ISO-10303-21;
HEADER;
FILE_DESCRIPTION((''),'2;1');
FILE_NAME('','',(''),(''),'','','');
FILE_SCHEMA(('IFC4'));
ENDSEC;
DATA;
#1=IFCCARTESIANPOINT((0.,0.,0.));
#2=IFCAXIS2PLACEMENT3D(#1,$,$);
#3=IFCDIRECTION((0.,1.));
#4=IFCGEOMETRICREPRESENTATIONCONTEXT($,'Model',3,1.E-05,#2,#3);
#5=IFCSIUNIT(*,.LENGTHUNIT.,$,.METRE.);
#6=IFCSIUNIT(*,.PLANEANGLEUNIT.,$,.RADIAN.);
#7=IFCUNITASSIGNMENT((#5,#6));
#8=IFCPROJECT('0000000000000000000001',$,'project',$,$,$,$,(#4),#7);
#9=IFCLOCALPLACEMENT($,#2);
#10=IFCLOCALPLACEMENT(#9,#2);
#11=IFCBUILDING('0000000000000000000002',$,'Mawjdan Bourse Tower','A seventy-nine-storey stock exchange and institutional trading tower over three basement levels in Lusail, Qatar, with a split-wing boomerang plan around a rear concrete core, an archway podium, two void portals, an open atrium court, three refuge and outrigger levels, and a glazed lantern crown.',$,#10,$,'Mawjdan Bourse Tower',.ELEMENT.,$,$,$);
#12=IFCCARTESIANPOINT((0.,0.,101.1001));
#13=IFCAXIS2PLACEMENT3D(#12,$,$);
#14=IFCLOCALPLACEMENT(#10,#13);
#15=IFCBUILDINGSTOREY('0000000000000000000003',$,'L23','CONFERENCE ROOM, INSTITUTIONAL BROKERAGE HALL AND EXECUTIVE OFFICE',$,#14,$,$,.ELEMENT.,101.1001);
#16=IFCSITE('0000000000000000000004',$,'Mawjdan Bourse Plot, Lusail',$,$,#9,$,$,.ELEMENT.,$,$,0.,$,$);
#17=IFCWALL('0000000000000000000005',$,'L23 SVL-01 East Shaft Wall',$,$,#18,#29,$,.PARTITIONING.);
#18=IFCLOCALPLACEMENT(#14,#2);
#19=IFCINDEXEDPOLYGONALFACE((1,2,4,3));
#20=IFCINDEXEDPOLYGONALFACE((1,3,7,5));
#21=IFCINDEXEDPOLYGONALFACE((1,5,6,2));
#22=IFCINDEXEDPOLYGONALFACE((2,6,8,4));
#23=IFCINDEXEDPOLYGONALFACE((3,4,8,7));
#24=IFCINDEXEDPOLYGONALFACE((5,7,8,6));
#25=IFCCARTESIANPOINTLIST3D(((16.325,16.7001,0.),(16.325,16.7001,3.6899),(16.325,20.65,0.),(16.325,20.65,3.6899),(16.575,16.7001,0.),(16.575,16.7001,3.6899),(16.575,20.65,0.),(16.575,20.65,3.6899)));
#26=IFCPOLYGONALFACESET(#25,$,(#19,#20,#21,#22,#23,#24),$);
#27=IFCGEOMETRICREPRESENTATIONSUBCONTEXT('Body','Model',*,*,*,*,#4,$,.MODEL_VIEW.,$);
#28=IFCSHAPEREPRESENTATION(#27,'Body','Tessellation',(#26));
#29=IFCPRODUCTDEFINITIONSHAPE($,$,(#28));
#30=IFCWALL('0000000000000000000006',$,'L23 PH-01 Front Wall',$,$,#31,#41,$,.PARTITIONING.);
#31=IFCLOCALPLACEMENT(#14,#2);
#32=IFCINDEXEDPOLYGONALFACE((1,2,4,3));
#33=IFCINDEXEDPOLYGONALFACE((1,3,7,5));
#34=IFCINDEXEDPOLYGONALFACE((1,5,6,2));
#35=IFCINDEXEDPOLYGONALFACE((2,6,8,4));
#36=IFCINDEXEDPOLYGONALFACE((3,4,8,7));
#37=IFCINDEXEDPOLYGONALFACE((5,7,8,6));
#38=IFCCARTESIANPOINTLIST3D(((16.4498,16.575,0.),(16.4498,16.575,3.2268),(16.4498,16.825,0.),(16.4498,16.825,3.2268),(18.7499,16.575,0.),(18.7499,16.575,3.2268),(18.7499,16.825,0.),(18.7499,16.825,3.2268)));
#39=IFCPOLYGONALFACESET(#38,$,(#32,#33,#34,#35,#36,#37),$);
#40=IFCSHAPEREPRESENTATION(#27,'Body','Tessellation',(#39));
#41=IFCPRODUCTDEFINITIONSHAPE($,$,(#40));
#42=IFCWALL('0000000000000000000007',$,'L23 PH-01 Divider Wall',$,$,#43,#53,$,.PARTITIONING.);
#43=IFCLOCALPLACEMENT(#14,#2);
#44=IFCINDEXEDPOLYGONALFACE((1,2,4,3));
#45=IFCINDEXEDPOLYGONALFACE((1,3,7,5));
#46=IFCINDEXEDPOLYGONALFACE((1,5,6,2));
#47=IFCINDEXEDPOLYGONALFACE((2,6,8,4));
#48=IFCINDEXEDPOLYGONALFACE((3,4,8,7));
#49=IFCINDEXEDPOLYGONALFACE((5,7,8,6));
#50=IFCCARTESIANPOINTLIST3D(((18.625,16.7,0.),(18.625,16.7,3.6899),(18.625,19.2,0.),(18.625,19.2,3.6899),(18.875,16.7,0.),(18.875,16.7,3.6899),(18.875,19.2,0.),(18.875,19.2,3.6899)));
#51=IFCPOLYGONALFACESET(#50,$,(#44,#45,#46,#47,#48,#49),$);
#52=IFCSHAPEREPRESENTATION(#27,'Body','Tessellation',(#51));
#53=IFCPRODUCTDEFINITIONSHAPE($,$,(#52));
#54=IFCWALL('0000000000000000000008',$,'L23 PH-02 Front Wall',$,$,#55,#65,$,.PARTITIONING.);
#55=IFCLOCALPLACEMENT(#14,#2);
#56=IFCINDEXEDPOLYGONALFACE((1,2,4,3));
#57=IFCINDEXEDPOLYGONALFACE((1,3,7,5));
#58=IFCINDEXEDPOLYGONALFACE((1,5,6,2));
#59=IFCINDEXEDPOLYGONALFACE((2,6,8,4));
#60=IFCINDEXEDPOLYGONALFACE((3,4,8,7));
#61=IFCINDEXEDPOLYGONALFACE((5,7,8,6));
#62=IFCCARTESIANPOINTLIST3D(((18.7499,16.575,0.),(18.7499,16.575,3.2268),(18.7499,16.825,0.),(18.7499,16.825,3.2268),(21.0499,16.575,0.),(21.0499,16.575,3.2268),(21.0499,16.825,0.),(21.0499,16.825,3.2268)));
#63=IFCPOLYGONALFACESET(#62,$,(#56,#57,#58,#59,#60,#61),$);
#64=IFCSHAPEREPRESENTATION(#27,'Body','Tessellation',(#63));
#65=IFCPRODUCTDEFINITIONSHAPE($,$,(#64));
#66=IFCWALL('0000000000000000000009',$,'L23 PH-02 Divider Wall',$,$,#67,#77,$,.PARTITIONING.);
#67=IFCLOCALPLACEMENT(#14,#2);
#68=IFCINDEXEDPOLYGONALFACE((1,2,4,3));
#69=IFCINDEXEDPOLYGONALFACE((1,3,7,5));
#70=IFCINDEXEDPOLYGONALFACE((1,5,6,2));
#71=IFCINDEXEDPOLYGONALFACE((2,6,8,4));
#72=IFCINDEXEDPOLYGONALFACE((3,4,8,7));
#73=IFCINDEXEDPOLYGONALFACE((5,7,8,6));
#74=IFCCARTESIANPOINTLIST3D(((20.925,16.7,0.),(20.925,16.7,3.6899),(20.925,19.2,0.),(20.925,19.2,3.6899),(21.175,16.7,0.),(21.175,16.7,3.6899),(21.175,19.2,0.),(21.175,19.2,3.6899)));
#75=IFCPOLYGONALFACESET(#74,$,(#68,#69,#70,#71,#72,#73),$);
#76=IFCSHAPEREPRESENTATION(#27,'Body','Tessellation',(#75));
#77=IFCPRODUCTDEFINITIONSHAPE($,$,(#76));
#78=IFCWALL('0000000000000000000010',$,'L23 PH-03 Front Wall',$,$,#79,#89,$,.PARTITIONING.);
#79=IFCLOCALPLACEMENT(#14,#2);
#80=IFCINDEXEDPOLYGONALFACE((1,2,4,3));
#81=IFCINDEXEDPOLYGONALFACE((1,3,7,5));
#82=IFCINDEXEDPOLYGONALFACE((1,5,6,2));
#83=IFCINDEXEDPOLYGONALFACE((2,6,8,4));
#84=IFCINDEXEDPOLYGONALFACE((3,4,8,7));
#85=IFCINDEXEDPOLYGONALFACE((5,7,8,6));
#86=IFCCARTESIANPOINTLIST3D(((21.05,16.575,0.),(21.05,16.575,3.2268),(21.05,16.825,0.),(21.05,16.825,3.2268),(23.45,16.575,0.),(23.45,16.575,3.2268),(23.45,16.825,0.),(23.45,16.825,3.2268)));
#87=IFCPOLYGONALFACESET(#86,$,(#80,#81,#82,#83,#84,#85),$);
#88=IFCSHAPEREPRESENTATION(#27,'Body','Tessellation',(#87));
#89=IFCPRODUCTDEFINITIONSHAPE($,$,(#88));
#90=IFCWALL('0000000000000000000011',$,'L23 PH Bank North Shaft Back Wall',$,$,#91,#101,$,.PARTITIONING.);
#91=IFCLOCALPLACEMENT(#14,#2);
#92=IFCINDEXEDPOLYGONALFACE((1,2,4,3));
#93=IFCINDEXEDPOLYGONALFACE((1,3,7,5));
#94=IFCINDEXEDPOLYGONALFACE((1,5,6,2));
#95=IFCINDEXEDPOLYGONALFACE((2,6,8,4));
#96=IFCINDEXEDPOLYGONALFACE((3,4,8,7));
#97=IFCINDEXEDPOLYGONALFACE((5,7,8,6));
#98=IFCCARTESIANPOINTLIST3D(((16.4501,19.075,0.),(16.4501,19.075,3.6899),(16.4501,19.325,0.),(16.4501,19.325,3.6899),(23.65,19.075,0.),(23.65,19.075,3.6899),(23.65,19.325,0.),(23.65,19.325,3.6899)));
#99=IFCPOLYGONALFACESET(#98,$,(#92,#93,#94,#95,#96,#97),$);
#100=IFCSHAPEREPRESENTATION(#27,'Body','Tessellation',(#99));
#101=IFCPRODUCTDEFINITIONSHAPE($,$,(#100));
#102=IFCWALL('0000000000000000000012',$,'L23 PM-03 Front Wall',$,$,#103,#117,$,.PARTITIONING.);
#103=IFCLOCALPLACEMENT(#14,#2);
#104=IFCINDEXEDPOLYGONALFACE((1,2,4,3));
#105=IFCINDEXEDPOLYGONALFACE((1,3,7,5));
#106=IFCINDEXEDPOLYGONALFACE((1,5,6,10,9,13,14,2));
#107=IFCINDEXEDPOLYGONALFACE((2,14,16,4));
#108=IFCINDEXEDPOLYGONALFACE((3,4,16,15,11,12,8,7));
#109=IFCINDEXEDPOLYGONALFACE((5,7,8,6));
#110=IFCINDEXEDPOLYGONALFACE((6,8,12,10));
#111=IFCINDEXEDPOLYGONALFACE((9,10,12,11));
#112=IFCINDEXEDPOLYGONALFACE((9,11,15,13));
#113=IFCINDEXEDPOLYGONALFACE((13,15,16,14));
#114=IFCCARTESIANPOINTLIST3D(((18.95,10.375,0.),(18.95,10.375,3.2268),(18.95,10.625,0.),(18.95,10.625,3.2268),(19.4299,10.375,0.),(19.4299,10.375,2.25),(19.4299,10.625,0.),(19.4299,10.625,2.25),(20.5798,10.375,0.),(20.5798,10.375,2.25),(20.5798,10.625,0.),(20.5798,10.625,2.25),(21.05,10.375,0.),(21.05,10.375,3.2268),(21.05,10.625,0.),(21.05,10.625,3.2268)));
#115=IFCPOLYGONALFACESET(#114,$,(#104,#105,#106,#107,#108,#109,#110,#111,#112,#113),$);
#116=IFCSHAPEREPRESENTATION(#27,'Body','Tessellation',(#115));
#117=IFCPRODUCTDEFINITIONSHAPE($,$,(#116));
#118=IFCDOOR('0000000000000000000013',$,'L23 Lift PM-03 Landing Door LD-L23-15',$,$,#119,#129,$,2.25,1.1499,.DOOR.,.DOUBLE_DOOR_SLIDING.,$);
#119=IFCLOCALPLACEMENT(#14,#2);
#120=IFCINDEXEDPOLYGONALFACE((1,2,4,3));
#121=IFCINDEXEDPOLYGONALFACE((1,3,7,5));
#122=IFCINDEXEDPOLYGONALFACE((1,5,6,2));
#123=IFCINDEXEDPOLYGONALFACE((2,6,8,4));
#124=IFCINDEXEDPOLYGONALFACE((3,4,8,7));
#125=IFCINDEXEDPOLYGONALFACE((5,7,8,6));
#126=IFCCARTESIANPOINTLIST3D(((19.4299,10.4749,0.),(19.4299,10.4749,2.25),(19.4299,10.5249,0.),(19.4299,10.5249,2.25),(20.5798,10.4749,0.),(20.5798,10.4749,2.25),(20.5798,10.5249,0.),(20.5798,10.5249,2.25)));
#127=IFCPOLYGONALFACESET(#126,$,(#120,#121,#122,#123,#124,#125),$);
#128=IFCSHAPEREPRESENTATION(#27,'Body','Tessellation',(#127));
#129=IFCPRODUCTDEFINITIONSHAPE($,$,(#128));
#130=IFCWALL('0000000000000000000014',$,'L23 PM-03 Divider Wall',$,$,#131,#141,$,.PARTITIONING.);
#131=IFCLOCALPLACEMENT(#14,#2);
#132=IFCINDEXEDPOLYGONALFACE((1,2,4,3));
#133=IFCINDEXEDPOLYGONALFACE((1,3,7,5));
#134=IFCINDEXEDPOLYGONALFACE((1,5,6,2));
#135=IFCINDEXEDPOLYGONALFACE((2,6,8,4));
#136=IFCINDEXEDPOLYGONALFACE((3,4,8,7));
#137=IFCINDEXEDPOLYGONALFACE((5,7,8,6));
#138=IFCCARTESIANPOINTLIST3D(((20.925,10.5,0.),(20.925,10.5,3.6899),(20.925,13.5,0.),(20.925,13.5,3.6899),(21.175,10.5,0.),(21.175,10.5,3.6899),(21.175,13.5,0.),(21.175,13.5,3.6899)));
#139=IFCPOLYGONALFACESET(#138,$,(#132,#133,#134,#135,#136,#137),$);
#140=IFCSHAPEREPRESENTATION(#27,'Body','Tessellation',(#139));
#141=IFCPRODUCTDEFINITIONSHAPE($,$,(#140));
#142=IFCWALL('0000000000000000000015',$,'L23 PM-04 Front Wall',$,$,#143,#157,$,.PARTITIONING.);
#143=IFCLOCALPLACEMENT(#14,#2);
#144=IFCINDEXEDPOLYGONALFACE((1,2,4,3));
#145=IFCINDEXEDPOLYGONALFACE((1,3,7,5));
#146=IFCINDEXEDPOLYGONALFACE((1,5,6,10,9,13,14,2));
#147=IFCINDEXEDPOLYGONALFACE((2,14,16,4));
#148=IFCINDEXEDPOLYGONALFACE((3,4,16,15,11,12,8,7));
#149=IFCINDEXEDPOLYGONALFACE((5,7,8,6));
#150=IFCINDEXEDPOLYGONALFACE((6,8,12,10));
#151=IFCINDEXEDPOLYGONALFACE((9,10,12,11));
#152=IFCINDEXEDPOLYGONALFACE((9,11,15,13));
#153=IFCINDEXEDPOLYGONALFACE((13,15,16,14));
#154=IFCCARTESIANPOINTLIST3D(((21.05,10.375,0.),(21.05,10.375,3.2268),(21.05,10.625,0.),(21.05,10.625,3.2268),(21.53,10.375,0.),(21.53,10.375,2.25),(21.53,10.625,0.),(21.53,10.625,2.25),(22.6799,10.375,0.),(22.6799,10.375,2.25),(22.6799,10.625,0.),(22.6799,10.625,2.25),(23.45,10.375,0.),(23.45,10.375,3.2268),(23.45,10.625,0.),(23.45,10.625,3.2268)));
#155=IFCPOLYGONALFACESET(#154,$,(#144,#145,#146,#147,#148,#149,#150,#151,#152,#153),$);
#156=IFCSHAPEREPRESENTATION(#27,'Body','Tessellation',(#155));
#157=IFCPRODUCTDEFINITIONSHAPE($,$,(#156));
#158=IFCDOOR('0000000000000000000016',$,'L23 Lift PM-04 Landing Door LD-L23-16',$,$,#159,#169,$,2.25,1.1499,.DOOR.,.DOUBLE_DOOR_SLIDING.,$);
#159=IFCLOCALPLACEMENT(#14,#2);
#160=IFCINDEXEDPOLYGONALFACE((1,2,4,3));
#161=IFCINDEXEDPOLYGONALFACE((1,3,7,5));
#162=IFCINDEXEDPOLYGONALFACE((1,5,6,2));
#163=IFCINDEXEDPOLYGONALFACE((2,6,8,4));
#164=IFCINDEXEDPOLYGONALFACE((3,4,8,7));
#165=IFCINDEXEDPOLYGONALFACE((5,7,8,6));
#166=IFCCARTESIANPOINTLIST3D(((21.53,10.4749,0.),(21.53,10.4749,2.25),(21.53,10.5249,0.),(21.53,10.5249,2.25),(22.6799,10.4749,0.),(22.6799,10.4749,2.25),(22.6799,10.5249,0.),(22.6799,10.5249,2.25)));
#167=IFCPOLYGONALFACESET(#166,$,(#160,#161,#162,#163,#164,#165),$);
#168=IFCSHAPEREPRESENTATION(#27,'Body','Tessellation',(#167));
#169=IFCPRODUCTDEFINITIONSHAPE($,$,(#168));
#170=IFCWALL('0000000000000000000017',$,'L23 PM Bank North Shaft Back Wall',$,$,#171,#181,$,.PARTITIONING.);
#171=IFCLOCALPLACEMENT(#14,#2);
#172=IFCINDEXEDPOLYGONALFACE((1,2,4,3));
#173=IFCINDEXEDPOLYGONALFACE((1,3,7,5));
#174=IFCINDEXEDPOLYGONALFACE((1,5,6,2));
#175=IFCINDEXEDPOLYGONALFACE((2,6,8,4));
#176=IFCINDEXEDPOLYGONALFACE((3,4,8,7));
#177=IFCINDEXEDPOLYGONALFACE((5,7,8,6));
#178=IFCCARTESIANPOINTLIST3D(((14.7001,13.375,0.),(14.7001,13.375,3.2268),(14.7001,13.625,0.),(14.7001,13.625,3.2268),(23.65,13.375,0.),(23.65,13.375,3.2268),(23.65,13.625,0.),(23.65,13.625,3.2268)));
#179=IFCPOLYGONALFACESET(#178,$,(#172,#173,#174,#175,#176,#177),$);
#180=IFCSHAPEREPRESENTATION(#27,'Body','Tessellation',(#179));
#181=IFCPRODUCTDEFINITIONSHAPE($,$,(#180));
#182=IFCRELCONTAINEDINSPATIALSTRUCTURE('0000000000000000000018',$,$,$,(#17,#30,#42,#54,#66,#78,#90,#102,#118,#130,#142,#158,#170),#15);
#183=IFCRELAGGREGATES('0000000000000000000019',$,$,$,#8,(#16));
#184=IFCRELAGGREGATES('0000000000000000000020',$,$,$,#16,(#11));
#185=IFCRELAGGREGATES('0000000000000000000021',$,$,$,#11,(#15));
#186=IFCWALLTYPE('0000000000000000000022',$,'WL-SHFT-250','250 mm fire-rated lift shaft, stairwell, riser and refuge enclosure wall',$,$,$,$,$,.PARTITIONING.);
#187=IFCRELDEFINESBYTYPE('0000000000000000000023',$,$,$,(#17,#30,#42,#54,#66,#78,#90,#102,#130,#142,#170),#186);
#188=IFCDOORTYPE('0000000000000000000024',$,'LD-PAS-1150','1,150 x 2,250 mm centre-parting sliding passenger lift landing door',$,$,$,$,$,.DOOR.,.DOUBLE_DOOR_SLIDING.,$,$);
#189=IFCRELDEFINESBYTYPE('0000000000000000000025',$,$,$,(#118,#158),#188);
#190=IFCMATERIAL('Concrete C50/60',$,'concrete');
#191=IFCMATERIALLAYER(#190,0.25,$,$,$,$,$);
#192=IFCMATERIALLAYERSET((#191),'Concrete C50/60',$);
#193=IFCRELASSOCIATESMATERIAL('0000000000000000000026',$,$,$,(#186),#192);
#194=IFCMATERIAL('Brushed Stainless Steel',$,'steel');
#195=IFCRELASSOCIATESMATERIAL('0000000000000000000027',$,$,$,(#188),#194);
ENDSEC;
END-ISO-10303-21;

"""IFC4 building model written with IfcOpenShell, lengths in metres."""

from ifc_helpers import new_model, si_unit, direction, frame, frame_2d, origin, place, context, subcontext, project, spatial, rectangle, extrude, material, layer, layer_set, type_object, element, fill, save


model = new_model("IFC4")

# Units and contexts
model_context = context("Model", 3, precision=1e-05, world=origin(), true_north=direction((0.0, 1.0)))
body_context = subcontext(model_context, "Body", "Model", "MODEL_VIEW")
ifc_project = project(units=[si_unit("LENGTHUNIT", "METRE"), si_unit("PLANEANGLEUNIT", "RADIAN")], contexts=[model_context])

# Site, building, storey
site_placement = place(None, origin())
site = spatial("IfcSite", under=ifc_project, at=site_placement, Name="Mawjdan Bourse Plot, Lusail", CompositionType="ELEMENT", RefElevation=0.0)
building_placement = place(site_placement, origin())
building = spatial("IfcBuilding", under=site, at=building_placement, Name="Mawjdan Bourse Tower", Description="A seventy-nine-storey stock exchange and institutional trading tower over three basement levels in Lusail, Qatar, with a split-wing boomerang plan around a rear concrete core, an archway podium, two void portals, an open atrium court, three refuge and outrigger levels, and a glazed lantern crown.", LongName="Mawjdan Bourse Tower", CompositionType="ELEMENT")
storey_placement = place(building_placement, frame((0.0, 0.0, 101.1001)))
storey = spatial("IfcBuildingStorey", under=building, at=storey_placement, Name="L23", Description="CONFERENCE ROOM, INSTITUTIONAL BROKERAGE HALL AND EXECUTIVE OFFICE", CompositionType="ELEMENT", Elevation=101.1001)

# Shared definitions
ifc_material_1 = material(Name="Concrete C50/60", Category="concrete")
ifc_layer_1 = layer(ifc_material_1, 0.25)
ifc_layer_set_1 = layer_set([ifc_layer_1], Name="Concrete C50/60")
wall_type_1 = type_object("IfcWallType", Name="WL-SHFT-250", Description="250 mm fire-rated lift shaft, stairwell, riser and refuge enclosure wall", PredefinedType="PARTITIONING", material=ifc_layer_set_1)

# Walls
for number, where, z_axis, x_axis, name in (
    (1, (16.45, 16.7, 0.0), (0.0, 0.0, 1.0), (0.0, 1.0, 0.0), "L23 SVL-01 East Shaft Wall"),
):
    element("IfcWall", number, at=place(storey_placement, frame(where, z_axis=z_axis, x_axis=x_axis)), inside=storey, type_object=wall_type_1, Name=name, PredefinedType="PARTITIONING", context=body_context, shape_type="SweptSolid", body=[
        extrude(rectangle(XDim=3.95, YDim=0.25, at=frame_2d((1.9751, 0.0))), origin(), (0.0, 0.0, 1.0), 3.6899),
    ])
wall_1_placement = place(storey_placement, frame((16.45, 16.7, 0.0), z_axis=(0.0, 0.0, 1.0), x_axis=(1.0, 0.0, 0.0)))
element("IfcWall", 2, at=wall_1_placement, inside=storey, type_object=wall_type_1, Name="L23 PH-01 Front Wall", PredefinedType="PARTITIONING", context=body_context, shape_type="SweptSolid", body=[
    extrude(rectangle(XDim=2.3, YDim=0.25, at=frame_2d((1.1499, 0.0))), origin(), (0.0, 0.0, 1.0), 3.2268),
])
wall_2_placement = place(storey_placement, frame((18.75, 16.7, 0.0), z_axis=(0.0, 0.0, 1.0), x_axis=(0.0, 1.0, 0.0)))
element("IfcWall", 3, at=wall_2_placement, inside=storey, type_object=wall_type_1, Name="L23 PH-01 Divider Wall", PredefinedType="PARTITIONING", context=body_context, shape_type="SweptSolid", body=[
    extrude(rectangle(XDim=2.5, YDim=0.25, at=frame_2d((1.25, 0.0))), origin(), (0.0, 0.0, 1.0), 3.6899),
])
wall_3_placement = place(storey_placement, frame((18.75, 16.7, 0.0), z_axis=(0.0, 0.0, 1.0), x_axis=(1.0, 0.0, 0.0)))
element("IfcWall", 4, at=wall_3_placement, inside=storey, type_object=wall_type_1, Name="L23 PH-02 Front Wall", PredefinedType="PARTITIONING", context=body_context, shape_type="SweptSolid", body=[
    extrude(rectangle(XDim=2.3, YDim=0.25, at=frame_2d((1.1499, 0.0))), origin(), (0.0, 0.0, 1.0), 3.2268),
])
wall_4_placement = place(storey_placement, frame((21.05, 16.7, 0.0), z_axis=(0.0, 0.0, 1.0), x_axis=(0.0, 1.0, 0.0)))
element("IfcWall", 5, at=wall_4_placement, inside=storey, type_object=wall_type_1, Name="L23 PH-02 Divider Wall", PredefinedType="PARTITIONING", context=body_context, shape_type="SweptSolid", body=[
    extrude(rectangle(XDim=2.5, YDim=0.25, at=frame_2d((1.25, 0.0))), origin(), (0.0, 0.0, 1.0), 3.6899),
])
wall_5_placement = place(storey_placement, frame((21.05, 16.7, 0.0), z_axis=(0.0, 0.0, 1.0), x_axis=(1.0, 0.0, 0.0)))
element("IfcWall", 6, at=wall_5_placement, inside=storey, type_object=wall_type_1, Name="L23 PH-03 Front Wall", PredefinedType="PARTITIONING", context=body_context, shape_type="SweptSolid", body=[
    extrude(rectangle(XDim=2.3999, YDim=0.25, at=frame_2d((1.2, 0.0))), origin(), (0.0, 0.0, 1.0), 3.2268),
])
wall_6_placement = place(storey_placement, frame((16.45, 19.2, 0.0), z_axis=(0.0, 0.0, 1.0), x_axis=(1.0, 0.0, 0.0)))
element("IfcWall", 7, at=wall_6_placement, inside=storey, type_object=wall_type_1, Name="L23 PH Bank North Shaft Back Wall", PredefinedType="PARTITIONING", context=body_context, shape_type="SweptSolid", body=[
    extrude(rectangle(XDim=7.2, YDim=0.25, at=frame_2d((3.6001, 0.0))), origin(), (0.0, 0.0, 1.0), 3.6899),
])

# Wall, opening, door
wall_7_placement = place(storey_placement, frame((18.95, 10.5, 0.0), z_axis=(0.0, 0.0, 1.0), x_axis=(1.0, 0.0, 0.0)))
wall_7 = element("IfcWall", 8, at=wall_7_placement, inside=storey, type_object=wall_type_1, Name="L23 PM-03 Front Wall", PredefinedType="PARTITIONING", context=body_context, shape_type="SweptSolid", body=[
    extrude(rectangle(XDim=2.1001, YDim=0.25, at=frame_2d((1.05, 0.0))), origin(), (0.0, 0.0, 1.0), 3.2268),
])
opening_1_placement = place(wall_7_placement, frame((0.48, 0.0, 0.0)))
opening_1 = element("IfcOpeningElement", 9, at=opening_1_placement, cuts=wall_7, PredefinedType="OPENING", context=body_context, shape_type="SweptSolid", body=[
    extrude(rectangle(XDim=1.1499, YDim=2.25, at=frame_2d((0.575, 1.125))), frame((0.0, 0.135, 0.0), z_axis=(0.0, -1.0, 0.0), x_axis=(1.0, 0.0, 0.0)), (0.0, 0.0, 1.0), 0.27),
])
ifc_material_2 = material(Name="Brushed Stainless Steel", Category="steel")
door_type_1 = type_object("IfcDoorType", Name="LD-PAS-1150", Description="1,150 x 2,250 mm centre-parting sliding passenger lift landing door", OperationType="DOUBLE_DOOR_SLIDING", PredefinedType="DOOR", material=ifc_material_2)
door_1_placement = place(opening_1_placement, origin())
door_1 = element("IfcDoor", 10, at=door_1_placement, inside=storey, type_object=door_type_1, Name="L23 Lift PM-03 Landing Door LD-L23-15", OperationType="DOUBLE_DOOR_SLIDING", OverallHeight=2.25, OverallWidth=1.1499, PredefinedType="DOOR", context=body_context, shape_type="SweptSolid", body=[
    extrude(rectangle(XDim=1.1499, YDim=2.25, at=frame_2d((0.575, 1.125))), frame((0.0, 0.0249, 0.0), z_axis=(0.0, -1.0, 0.0), x_axis=(1.0, 0.0, 0.0)), (0.0, 0.0, 1.0), 0.05),
])
fill(opening_1, door_1)

# Wall
wall_8_placement = place(storey_placement, frame((21.05, 10.5, 0.0), z_axis=(0.0, 0.0, 1.0), x_axis=(0.0, 1.0, 0.0)))
element("IfcWall", 11, at=wall_8_placement, inside=storey, type_object=wall_type_1, Name="L23 PM-03 Divider Wall", PredefinedType="PARTITIONING", context=body_context, shape_type="SweptSolid", body=[
    extrude(rectangle(XDim=3.0, YDim=0.25, at=frame_2d((1.5, 0.0))), origin(), (0.0, 0.0, 1.0), 3.6899),
])

# Wall, opening, door
wall_9_placement = place(storey_placement, frame((21.05, 10.5, 0.0), z_axis=(0.0, 0.0, 1.0), x_axis=(1.0, 0.0, 0.0)))
wall_9 = element("IfcWall", 12, at=wall_9_placement, inside=storey, type_object=wall_type_1, Name="L23 PM-04 Front Wall", PredefinedType="PARTITIONING", context=body_context, shape_type="SweptSolid", body=[
    extrude(rectangle(XDim=2.3999, YDim=0.25, at=frame_2d((1.2, 0.0))), origin(), (0.0, 0.0, 1.0), 3.2268),
])
opening_2_placement = place(wall_9_placement, frame((0.48, 0.0, 0.0)))
opening_2 = element("IfcOpeningElement", 13, at=opening_2_placement, cuts=wall_9, PredefinedType="OPENING", context=body_context, shape_type="SweptSolid", body=[
    extrude(rectangle(XDim=1.1499, YDim=2.25, at=frame_2d((0.575, 1.125))), frame((0.0, 0.135, 0.0), z_axis=(0.0, -1.0, 0.0), x_axis=(1.0, 0.0, 0.0)), (0.0, 0.0, 1.0), 0.27),
])
door_2_placement = place(opening_2_placement, origin())
door_2 = element("IfcDoor", 14, at=door_2_placement, inside=storey, type_object=door_type_1, Name="L23 Lift PM-04 Landing Door LD-L23-16", OperationType="DOUBLE_DOOR_SLIDING", OverallHeight=2.25, OverallWidth=1.1499, PredefinedType="DOOR", context=body_context, shape_type="SweptSolid", body=[
    extrude(rectangle(XDim=1.1499, YDim=2.25, at=frame_2d((0.575, 1.125))), frame((0.0, 0.0249, 0.0), z_axis=(0.0, -1.0, 0.0), x_axis=(1.0, 0.0, 0.0)), (0.0, 0.0, 1.0), 0.05),
])
fill(opening_2, door_2)

# Wall
wall_10_placement = place(storey_placement, frame((14.7, 13.5, 0.0), z_axis=(0.0, 0.0, 1.0), x_axis=(1.0, 0.0, 0.0)))
element("IfcWall", 15, at=wall_10_placement, inside=storey, type_object=wall_type_1, Name="L23 PM Bank North Shaft Back Wall", PredefinedType="PARTITIONING", context=body_context, shape_type="SweptSolid", body=[
    extrude(rectangle(XDim=8.95, YDim=0.25, at=frame_2d((4.4751, 0.0))), origin(), (0.0, 0.0, 1.0), 3.2268),
])

save(model, "model.ifc")
